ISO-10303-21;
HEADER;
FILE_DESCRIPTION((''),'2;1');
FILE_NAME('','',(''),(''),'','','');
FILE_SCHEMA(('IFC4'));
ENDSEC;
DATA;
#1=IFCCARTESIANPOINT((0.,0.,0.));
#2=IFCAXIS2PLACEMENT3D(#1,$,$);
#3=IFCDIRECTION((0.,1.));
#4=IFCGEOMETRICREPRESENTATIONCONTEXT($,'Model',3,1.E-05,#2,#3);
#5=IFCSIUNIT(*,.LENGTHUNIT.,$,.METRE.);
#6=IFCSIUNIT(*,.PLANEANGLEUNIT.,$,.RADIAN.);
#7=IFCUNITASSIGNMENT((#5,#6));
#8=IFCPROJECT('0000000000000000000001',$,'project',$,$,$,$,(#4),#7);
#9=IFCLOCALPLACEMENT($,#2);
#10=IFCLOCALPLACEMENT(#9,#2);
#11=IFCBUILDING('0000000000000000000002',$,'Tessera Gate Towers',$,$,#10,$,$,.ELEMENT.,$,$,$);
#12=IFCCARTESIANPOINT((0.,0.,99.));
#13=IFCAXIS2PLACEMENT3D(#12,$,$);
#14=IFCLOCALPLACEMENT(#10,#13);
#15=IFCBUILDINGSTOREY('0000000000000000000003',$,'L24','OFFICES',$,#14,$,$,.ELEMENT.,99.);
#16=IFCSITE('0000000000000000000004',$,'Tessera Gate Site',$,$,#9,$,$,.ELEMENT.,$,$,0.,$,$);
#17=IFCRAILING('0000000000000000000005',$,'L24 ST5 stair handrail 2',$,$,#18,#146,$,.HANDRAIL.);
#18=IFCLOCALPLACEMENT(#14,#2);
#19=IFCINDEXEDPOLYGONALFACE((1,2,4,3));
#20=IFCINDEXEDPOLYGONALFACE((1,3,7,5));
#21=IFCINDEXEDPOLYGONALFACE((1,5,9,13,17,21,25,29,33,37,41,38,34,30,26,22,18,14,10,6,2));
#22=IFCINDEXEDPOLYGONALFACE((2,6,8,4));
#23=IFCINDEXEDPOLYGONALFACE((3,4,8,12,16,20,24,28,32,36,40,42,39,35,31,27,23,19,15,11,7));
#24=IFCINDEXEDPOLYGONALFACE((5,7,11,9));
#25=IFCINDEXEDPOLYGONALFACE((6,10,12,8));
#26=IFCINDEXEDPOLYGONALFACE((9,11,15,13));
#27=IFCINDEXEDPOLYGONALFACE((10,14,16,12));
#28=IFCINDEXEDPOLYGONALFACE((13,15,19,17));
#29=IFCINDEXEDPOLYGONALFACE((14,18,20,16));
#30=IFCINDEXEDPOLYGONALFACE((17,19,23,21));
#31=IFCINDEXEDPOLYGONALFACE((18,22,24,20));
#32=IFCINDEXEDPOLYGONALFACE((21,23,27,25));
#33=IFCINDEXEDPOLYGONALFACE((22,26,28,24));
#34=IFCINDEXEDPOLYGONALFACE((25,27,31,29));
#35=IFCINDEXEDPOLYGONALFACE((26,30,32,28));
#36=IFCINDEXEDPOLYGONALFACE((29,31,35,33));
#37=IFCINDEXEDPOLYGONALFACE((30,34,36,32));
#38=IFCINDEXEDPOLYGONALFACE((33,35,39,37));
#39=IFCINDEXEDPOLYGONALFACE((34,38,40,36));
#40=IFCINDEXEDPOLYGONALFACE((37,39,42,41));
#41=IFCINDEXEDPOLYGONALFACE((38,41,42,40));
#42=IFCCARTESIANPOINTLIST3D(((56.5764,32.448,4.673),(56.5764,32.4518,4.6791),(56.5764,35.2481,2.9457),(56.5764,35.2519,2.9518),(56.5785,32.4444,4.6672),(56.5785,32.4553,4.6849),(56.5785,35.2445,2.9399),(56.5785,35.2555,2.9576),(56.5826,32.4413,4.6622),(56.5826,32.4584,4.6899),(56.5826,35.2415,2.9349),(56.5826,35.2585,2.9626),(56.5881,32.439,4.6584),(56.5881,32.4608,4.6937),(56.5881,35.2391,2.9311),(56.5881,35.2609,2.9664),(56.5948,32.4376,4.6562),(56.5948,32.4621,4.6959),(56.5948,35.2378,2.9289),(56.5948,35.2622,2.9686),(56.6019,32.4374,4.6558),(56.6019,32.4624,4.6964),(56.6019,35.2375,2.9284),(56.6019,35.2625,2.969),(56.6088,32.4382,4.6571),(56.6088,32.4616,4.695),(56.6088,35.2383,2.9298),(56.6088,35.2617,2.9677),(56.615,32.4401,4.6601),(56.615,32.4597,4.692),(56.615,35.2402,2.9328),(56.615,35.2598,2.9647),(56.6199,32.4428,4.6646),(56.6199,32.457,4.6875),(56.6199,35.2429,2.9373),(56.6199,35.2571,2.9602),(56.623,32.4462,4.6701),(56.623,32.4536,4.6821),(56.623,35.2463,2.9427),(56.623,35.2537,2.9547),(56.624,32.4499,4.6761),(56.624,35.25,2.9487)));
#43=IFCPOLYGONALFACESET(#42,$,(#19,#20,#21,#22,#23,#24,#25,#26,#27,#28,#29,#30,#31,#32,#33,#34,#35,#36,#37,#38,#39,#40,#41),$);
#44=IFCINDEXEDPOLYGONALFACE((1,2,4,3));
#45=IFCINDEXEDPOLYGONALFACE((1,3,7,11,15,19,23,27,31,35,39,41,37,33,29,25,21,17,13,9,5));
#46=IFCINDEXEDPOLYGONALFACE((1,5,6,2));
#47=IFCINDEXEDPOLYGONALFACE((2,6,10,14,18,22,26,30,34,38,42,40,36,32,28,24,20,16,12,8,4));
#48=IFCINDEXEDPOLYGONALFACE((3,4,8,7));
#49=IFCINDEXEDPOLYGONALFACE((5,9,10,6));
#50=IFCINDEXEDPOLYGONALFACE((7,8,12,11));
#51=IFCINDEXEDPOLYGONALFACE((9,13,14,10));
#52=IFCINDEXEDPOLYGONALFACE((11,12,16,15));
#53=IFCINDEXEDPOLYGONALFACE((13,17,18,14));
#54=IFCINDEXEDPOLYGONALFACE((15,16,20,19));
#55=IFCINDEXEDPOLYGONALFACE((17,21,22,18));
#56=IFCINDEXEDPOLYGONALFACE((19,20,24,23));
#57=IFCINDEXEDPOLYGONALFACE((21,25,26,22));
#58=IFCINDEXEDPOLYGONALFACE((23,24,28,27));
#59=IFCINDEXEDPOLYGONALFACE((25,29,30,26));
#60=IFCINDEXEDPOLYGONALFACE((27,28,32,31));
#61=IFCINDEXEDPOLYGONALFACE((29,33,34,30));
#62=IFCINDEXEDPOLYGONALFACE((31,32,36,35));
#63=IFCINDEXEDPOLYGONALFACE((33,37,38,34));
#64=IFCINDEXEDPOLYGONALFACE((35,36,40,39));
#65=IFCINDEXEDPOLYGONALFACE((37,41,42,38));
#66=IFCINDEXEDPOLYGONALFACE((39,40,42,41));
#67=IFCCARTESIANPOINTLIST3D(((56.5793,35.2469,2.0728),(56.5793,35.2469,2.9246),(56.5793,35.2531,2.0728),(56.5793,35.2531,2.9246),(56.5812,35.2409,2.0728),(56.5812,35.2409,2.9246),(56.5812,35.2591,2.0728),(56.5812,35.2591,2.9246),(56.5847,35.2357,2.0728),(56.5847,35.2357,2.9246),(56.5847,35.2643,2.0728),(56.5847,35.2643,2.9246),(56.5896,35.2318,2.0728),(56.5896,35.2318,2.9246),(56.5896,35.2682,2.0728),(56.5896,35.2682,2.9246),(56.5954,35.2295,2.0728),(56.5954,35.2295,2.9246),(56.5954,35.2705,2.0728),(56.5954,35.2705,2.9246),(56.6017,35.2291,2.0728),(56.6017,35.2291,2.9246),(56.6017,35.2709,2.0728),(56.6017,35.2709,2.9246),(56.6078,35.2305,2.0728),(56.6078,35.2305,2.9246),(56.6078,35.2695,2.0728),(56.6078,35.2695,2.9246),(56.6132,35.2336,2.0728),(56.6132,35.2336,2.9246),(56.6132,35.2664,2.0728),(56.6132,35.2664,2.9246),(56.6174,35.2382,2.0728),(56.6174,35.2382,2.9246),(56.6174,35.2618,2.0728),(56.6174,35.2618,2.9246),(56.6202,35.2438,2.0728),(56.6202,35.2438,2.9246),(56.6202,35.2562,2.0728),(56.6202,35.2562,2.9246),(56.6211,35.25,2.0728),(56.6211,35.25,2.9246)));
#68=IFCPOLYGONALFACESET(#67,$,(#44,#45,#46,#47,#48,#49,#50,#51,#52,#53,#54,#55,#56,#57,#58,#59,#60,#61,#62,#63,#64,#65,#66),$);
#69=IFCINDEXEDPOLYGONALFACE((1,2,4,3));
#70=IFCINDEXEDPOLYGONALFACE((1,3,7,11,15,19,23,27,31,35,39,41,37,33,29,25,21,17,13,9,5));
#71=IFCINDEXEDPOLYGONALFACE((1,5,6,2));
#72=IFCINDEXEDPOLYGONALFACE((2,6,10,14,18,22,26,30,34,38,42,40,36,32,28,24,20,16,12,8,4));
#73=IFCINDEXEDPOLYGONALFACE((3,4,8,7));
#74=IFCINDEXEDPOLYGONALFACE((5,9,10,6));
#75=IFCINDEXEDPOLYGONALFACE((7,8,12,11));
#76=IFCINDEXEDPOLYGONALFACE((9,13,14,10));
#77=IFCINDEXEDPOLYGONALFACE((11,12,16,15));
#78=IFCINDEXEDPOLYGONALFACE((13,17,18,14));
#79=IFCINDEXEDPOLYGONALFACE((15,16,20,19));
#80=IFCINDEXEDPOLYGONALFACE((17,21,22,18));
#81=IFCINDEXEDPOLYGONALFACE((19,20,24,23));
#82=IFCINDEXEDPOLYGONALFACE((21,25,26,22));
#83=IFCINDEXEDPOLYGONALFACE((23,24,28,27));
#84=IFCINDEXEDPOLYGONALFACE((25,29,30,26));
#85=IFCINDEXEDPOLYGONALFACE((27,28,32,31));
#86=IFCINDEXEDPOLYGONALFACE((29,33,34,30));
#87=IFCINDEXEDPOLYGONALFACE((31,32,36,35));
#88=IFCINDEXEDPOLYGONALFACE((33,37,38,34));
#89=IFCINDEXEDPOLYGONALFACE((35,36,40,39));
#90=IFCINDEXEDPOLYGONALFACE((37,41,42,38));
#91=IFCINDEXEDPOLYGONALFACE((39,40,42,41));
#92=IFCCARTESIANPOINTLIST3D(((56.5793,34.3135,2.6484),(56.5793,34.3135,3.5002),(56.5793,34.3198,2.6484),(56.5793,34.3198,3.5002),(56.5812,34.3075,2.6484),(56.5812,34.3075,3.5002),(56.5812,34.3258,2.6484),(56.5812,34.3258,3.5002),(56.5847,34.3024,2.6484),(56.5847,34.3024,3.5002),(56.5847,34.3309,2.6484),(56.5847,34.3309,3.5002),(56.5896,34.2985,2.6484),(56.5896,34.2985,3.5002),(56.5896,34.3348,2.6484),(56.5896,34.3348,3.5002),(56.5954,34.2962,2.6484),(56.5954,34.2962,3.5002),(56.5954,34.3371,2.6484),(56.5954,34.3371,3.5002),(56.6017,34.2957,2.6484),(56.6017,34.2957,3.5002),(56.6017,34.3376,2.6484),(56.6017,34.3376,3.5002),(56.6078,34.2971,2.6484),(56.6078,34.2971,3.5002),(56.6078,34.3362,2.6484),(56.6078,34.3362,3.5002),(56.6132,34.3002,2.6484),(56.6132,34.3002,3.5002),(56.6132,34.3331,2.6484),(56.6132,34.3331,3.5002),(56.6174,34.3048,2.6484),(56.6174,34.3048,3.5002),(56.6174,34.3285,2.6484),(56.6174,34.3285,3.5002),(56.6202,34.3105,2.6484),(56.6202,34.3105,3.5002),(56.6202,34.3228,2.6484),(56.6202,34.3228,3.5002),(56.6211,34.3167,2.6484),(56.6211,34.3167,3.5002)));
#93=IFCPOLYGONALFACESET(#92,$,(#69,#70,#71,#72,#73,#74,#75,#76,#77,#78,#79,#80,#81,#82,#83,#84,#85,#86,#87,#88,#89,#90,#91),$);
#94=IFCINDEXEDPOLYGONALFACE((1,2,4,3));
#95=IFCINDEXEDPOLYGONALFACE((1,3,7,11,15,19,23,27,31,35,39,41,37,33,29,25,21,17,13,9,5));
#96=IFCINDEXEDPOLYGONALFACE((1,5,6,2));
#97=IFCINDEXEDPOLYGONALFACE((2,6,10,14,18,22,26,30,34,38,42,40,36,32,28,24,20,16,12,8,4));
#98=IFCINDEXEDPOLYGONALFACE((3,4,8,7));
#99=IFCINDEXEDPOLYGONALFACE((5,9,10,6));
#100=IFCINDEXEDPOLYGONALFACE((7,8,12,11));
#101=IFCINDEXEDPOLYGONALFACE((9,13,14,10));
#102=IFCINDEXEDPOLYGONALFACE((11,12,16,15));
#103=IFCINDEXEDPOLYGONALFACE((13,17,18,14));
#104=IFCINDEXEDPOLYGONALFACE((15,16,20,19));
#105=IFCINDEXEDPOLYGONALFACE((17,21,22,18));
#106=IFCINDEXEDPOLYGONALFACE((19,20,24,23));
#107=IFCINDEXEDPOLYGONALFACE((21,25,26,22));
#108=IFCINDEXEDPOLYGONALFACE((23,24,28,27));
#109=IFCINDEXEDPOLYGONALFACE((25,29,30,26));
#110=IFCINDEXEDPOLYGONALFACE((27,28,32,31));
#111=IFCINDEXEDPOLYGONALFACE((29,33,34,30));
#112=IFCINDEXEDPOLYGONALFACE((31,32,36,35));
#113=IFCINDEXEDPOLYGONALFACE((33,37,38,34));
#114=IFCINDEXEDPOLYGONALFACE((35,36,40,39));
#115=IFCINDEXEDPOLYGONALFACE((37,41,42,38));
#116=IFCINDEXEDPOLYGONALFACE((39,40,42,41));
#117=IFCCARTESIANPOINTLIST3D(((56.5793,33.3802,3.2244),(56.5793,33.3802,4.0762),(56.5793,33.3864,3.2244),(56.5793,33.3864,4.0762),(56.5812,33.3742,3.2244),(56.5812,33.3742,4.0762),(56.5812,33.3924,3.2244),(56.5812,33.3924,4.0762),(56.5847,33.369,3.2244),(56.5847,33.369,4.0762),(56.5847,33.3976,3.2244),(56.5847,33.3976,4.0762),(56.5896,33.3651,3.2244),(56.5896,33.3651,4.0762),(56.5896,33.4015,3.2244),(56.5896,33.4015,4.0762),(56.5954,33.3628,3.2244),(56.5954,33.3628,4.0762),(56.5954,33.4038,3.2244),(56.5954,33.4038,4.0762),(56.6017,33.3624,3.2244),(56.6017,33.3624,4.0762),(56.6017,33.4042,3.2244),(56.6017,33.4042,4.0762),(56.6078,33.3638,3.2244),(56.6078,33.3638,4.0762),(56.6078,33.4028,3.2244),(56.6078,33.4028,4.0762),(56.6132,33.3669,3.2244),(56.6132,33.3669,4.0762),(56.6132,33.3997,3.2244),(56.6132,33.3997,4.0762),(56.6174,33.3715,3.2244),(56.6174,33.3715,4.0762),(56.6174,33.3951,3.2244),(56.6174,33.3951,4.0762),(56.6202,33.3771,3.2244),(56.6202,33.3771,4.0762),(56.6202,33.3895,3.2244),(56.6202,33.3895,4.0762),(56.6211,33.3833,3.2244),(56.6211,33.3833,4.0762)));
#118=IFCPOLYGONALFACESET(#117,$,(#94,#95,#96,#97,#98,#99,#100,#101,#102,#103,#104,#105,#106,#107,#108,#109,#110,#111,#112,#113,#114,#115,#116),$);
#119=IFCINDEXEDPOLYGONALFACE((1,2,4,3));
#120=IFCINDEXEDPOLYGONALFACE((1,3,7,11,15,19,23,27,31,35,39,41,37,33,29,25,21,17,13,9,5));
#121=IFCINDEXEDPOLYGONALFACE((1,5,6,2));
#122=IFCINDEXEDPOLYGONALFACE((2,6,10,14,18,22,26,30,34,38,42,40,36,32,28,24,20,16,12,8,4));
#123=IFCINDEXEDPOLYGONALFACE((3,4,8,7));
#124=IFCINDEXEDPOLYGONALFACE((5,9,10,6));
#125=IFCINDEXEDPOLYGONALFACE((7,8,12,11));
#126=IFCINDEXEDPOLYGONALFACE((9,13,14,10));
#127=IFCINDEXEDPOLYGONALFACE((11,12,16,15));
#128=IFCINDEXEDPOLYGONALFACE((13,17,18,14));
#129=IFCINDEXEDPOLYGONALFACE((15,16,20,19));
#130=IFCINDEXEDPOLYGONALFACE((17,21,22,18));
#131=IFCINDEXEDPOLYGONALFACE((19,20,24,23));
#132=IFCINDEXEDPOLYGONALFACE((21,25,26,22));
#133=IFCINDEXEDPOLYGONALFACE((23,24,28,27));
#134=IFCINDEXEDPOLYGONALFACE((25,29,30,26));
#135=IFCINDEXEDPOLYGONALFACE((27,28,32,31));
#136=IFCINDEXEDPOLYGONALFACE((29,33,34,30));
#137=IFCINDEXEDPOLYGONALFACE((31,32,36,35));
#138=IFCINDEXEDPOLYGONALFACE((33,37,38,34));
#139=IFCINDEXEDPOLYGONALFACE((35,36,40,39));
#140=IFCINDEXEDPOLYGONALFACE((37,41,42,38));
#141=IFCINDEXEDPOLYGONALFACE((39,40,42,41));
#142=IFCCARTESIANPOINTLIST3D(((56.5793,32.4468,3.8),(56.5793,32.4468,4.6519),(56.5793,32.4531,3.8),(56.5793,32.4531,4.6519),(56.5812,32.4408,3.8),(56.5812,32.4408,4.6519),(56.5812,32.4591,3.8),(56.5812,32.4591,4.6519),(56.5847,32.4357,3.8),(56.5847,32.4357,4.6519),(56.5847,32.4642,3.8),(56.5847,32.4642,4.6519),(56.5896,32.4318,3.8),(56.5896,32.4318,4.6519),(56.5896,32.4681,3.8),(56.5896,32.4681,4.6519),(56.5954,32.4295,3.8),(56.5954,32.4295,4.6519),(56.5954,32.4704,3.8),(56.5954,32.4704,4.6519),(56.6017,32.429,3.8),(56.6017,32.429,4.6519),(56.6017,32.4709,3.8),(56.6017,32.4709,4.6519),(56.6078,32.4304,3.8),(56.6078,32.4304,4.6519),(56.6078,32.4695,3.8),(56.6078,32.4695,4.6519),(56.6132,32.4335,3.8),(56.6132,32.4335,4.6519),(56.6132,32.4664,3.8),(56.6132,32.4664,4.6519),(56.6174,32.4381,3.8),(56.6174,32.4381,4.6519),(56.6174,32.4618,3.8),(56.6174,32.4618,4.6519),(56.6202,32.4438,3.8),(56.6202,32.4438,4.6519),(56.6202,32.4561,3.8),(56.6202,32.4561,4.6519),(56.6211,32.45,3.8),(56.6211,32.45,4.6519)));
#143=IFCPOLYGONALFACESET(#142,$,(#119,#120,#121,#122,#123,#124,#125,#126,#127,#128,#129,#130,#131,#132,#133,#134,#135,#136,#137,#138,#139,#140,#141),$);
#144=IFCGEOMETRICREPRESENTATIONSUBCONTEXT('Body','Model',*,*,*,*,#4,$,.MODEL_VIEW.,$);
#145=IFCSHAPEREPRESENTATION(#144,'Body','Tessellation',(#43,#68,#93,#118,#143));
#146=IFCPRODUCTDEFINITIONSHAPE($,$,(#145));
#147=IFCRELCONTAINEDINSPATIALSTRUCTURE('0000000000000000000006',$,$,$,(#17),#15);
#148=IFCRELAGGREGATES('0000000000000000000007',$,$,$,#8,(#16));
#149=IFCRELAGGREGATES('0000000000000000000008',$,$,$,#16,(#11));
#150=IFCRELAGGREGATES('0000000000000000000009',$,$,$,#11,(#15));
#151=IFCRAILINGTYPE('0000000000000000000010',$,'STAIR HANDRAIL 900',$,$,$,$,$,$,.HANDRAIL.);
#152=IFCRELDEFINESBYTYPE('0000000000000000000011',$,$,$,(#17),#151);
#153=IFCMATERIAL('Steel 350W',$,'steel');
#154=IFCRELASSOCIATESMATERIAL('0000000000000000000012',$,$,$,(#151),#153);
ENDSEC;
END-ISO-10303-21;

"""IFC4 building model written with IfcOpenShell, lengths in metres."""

from ifc_helpers import new_model, si_unit, direction, frame, origin, origin_2d, place, context, subcontext, project, spatial, circle, extrude, material, type_object, element, save


model = new_model("IFC4")

# Units and contexts
model_context = context("Model", 3, precision=1e-05, world=origin(), true_north=direction((0.0, 1.0)))
body_context = subcontext(model_context, "Body", "Model", "MODEL_VIEW")
ifc_project = project(units=[si_unit("LENGTHUNIT", "METRE"), si_unit("PLANEANGLEUNIT", "RADIAN")], contexts=[model_context])

# Site, building, storey
site_placement = place(None, origin())
site = spatial("IfcSite", under=ifc_project, at=site_placement, Name="Tessera Gate Site", CompositionType="ELEMENT", RefElevation=0.0)
building_placement = place(site_placement, origin())
building = spatial("IfcBuilding", under=site, at=building_placement, Name="Tessera Gate Towers", CompositionType="ELEMENT")
storey_placement = place(building_placement, frame((0.0, 0.0, 99.0)))
storey = spatial("IfcBuildingStorey", under=building, at=storey_placement, Name="L24", Description="OFFICES", CompositionType="ELEMENT", Elevation=99.0)

# Railing
ifc_material_1 = material(Name="Steel 350W", Category="steel")
railing_type_1 = type_object("IfcRailingType", Name="STAIR HANDRAIL 900", PredefinedType="HANDRAIL", material=ifc_material_1)
railing_1_placement = place(storey_placement, frame((56.6001, 35.25, 2.0728)))
element("IfcRailing", 1, at=railing_1_placement, inside=storey, type_object=railing_type_1, Name="L24 ST5 stair handrail 2", PredefinedType="HANDRAIL", context=body_context, shape_type="SweptSolid", body=[
    extrude(circle(Radius=0.0239, at=origin_2d()), frame((0.0, 0.0, 0.876), z_axis=(0.0, -0.85109, 0.52502), x_axis=(1.0, 0.0, 0.0)), (0.0, 0.0, 1.0), 3.29),
    extrude(circle(Radius=0.021, at=origin_2d()), origin(), (0.0, 0.0, 1.0), 0.8518),
    extrude(circle(Radius=0.021, at=origin_2d()), frame((0.0, -0.9333, 0.5757)), (0.0, 0.0, 1.0), 0.8518),
    extrude(circle(Radius=0.021, at=origin_2d()), frame((0.0, -1.8667, 1.1516)), (0.0, 0.0, 1.0), 0.8518),
    extrude(circle(Radius=0.021, at=origin_2d()), frame((0.0, -2.8, 1.7273)), (0.0, 0.0, 1.0), 0.8518),
])

save(model, "model.ifc")
